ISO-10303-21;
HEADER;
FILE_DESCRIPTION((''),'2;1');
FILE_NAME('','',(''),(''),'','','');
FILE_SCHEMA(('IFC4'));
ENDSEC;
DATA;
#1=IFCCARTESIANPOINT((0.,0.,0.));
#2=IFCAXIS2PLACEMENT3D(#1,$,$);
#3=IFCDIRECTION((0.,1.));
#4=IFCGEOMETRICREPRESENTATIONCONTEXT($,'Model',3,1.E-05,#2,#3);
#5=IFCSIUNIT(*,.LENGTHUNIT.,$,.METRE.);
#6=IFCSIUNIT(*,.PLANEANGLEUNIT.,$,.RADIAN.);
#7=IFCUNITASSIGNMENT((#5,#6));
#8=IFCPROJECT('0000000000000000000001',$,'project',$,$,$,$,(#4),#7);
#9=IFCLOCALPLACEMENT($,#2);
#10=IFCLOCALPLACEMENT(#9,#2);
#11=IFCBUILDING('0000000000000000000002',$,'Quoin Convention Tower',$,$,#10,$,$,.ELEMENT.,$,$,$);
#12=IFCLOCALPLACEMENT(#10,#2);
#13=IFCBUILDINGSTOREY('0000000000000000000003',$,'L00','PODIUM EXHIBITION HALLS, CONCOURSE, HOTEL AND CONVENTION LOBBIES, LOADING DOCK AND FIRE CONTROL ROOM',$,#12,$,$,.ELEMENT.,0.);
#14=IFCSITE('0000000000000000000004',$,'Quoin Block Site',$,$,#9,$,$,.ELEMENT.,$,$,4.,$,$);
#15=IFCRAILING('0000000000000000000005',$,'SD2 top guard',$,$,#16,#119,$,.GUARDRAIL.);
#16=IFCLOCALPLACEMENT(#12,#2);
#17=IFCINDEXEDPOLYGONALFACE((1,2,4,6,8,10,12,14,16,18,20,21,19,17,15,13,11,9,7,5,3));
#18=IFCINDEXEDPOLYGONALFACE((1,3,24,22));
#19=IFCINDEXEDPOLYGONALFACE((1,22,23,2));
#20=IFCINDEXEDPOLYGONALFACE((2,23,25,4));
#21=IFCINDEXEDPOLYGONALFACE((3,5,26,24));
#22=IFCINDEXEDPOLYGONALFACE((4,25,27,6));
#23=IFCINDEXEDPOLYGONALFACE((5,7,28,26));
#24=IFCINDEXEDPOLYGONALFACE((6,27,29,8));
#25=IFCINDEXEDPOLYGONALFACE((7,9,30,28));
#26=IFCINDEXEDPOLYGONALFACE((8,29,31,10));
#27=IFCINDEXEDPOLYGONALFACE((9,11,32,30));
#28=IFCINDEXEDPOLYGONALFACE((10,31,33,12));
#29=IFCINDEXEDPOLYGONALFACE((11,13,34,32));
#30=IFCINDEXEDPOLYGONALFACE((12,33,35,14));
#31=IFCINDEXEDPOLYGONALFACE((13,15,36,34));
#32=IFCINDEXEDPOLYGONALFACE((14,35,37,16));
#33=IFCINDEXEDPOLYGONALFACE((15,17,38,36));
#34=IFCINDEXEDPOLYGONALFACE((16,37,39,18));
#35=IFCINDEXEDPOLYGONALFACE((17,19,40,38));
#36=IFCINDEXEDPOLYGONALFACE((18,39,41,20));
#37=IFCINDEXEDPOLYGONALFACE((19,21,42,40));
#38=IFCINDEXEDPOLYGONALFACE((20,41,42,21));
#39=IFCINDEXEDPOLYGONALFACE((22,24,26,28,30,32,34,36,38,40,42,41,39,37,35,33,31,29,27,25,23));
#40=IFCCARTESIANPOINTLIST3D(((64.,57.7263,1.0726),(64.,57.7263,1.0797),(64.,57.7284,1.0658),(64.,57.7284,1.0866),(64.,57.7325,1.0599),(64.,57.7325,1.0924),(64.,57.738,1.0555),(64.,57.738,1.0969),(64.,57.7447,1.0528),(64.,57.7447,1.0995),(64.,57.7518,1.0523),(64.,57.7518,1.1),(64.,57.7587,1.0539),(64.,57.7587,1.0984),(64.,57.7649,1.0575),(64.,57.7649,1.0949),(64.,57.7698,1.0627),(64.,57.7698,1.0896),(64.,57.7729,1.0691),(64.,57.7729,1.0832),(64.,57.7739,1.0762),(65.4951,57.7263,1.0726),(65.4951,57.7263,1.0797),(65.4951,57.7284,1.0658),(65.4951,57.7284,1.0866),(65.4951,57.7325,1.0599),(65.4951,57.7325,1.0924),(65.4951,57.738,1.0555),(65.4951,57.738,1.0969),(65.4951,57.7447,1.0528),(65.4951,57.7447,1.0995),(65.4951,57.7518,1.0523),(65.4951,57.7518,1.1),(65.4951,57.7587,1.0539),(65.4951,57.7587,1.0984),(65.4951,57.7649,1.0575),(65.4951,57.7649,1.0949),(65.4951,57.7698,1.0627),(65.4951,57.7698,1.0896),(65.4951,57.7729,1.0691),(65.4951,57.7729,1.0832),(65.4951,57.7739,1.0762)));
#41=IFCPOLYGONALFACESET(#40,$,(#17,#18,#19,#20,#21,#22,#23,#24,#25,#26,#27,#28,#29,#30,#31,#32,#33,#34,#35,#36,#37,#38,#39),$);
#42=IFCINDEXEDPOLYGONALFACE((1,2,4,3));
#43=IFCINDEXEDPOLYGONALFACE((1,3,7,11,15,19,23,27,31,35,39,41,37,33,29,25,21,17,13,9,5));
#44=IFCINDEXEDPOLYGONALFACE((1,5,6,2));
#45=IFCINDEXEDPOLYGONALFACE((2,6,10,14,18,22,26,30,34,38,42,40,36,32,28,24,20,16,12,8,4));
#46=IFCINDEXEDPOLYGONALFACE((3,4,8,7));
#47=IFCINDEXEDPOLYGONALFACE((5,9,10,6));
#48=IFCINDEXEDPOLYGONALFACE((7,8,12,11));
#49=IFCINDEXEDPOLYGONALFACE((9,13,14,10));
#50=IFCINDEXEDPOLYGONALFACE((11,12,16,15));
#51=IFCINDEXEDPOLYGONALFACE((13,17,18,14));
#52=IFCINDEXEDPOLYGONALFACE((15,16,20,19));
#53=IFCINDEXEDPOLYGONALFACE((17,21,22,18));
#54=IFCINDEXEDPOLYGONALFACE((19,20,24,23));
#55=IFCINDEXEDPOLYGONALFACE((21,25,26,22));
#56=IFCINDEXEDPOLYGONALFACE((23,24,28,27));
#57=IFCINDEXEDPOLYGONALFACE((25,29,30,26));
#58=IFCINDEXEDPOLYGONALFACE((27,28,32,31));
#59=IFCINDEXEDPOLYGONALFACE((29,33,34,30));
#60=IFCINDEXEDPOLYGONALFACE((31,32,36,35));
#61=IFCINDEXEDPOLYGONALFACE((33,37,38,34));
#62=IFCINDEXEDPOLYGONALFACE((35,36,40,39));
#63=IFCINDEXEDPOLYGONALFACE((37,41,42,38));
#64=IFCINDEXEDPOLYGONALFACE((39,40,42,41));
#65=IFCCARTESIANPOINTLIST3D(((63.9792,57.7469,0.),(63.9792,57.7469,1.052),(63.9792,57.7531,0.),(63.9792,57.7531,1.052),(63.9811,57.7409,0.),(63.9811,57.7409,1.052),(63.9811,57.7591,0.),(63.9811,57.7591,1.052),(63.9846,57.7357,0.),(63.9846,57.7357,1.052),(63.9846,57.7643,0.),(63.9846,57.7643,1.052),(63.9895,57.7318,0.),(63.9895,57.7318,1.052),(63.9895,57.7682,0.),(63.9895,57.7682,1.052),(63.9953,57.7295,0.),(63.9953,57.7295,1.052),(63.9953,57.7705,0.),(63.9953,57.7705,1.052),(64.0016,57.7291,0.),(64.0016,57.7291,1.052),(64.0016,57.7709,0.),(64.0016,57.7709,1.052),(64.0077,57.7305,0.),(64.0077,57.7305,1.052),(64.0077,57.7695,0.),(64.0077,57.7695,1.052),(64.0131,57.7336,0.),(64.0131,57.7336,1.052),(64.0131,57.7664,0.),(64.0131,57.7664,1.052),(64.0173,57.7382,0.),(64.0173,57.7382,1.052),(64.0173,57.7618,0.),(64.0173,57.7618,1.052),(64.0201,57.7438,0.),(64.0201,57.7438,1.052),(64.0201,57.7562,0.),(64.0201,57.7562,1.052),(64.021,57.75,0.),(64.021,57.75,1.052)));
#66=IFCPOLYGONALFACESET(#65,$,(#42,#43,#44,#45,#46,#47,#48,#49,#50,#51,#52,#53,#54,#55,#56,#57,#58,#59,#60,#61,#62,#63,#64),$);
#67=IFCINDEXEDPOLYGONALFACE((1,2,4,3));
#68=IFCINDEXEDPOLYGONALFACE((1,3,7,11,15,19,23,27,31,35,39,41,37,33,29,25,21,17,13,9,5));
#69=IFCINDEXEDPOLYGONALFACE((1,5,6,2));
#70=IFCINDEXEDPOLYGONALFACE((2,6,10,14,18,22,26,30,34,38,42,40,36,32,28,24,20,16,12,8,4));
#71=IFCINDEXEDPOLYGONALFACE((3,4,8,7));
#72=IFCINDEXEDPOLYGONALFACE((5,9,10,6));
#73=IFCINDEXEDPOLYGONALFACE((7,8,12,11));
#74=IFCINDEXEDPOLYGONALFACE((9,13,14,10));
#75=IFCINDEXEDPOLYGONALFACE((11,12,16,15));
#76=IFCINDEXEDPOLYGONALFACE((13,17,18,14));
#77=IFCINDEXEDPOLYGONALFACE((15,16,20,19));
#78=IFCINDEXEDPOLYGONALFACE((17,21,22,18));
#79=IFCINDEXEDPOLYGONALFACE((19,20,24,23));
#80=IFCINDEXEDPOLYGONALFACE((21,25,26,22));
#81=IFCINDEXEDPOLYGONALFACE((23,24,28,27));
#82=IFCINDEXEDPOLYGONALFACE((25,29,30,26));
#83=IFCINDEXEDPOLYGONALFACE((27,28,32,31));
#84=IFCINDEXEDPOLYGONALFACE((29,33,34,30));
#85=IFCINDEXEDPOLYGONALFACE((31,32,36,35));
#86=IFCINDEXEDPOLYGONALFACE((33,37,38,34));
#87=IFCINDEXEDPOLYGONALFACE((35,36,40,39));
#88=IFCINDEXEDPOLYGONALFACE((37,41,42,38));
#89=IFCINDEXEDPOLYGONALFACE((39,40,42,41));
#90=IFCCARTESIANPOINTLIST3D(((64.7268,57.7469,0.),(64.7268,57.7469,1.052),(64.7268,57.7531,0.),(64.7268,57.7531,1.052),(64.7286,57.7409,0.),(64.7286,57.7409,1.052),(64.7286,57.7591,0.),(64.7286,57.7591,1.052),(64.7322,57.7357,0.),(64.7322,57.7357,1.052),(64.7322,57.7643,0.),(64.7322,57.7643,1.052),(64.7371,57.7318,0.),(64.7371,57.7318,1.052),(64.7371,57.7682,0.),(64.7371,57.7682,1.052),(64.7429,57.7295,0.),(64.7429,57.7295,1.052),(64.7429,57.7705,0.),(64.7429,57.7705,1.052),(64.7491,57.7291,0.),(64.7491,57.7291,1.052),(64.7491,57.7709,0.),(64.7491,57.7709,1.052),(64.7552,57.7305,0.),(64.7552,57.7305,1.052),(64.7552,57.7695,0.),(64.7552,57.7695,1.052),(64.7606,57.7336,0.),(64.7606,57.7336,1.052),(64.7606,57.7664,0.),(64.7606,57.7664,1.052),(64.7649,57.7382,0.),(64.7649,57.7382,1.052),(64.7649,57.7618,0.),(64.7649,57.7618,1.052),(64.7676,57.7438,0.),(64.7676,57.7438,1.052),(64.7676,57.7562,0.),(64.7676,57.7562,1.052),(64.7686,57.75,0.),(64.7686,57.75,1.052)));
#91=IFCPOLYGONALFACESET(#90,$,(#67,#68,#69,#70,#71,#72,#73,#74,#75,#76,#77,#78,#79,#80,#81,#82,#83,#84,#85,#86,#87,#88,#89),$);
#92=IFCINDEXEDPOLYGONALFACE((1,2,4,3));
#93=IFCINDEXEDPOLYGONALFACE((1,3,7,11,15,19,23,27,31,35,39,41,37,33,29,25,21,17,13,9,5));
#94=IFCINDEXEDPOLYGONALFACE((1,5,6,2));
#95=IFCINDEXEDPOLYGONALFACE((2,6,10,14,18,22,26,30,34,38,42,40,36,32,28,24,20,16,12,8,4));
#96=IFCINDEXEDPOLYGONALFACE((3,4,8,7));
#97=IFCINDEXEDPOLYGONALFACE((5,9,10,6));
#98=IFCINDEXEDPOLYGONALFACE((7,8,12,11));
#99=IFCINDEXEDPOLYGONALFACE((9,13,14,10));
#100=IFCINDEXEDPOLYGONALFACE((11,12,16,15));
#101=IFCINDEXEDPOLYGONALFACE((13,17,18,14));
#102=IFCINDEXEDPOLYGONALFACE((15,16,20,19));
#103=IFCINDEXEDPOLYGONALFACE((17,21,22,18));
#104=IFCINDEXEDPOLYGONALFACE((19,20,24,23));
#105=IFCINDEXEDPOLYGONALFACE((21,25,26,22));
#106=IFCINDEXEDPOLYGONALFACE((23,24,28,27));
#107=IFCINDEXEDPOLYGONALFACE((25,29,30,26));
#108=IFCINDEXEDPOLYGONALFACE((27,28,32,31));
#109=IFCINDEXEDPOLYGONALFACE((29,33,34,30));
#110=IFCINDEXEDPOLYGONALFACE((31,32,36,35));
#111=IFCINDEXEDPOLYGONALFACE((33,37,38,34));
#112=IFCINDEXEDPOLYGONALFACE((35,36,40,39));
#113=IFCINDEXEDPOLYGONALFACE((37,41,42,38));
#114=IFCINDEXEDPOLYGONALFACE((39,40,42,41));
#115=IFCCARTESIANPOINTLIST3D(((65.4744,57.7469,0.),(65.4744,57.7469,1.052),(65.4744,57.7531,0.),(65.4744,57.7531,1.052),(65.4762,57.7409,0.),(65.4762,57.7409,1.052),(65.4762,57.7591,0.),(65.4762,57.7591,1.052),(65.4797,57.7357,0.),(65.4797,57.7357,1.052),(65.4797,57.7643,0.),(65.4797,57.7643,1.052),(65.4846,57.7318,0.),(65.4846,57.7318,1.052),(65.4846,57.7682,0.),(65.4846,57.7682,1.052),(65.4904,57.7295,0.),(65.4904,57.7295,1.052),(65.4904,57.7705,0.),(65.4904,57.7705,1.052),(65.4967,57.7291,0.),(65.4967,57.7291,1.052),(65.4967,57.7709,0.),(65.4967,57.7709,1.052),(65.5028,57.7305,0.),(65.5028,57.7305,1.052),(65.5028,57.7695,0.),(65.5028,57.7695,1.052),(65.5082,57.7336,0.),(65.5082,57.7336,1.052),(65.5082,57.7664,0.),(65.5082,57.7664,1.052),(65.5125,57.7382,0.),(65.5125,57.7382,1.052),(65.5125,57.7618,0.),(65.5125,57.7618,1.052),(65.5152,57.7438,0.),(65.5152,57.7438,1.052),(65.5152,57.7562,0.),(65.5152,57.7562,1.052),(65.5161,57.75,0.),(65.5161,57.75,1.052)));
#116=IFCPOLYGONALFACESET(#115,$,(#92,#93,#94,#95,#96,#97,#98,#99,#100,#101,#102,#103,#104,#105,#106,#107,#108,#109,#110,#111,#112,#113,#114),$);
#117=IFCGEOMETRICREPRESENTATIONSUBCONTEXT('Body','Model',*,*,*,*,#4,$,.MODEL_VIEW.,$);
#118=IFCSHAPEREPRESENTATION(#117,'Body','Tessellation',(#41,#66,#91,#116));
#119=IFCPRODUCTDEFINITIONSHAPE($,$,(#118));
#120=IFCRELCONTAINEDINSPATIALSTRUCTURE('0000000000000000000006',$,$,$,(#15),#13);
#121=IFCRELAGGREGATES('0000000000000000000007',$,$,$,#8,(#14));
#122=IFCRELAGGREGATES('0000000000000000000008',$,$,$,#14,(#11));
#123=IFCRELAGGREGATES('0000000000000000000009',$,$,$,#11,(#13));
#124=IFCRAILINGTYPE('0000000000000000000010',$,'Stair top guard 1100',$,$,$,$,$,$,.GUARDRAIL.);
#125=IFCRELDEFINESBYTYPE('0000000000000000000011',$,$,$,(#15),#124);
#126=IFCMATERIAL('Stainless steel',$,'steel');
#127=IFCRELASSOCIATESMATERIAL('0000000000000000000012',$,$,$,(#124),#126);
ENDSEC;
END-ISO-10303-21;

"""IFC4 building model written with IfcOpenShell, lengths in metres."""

from ifc_helpers import new_model, si_unit, direction, frame, origin, origin_2d, place, context, subcontext, project, spatial, circle, extrude, material, type_object, element, save


model = new_model("IFC4")

# Units and contexts
model_context = context("Model", 3, precision=1e-05, world=origin(), true_north=direction((0.0, 1.0)))
body_context = subcontext(model_context, "Body", "Model", "MODEL_VIEW")
ifc_project = project(units=[si_unit("LENGTHUNIT", "METRE"), si_unit("PLANEANGLEUNIT", "RADIAN")], contexts=[model_context])

# Site, building, storey
site_placement = place(None, origin())
site = spatial("IfcSite", under=ifc_project, at=site_placement, Name="Quoin Block Site", CompositionType="ELEMENT", RefElevation=4.0)
building_placement = place(site_placement, origin())
building = spatial("IfcBuilding", under=site, at=building_placement, Name="Quoin Convention Tower", CompositionType="ELEMENT")
storey_placement = place(building_placement, origin())
storey = spatial("IfcBuildingStorey", under=building, at=storey_placement, Name="L00", Description="PODIUM EXHIBITION HALLS, CONCOURSE, HOTEL AND CONVENTION LOBBIES, LOADING DOCK AND FIRE CONTROL ROOM", CompositionType="ELEMENT", Elevation=0.0)

# Railing
ifc_material_1 = material(Name="Stainless steel", Category="steel")
railing_type_1 = type_object("IfcRailingType", Name="Stair top guard 1100", PredefinedType="GUARDRAIL", material=ifc_material_1)
railing_1_placement = place(storey_placement, frame((64.0, 57.75, 0.0)))
element("IfcRailing", 1, at=railing_1_placement, inside=storey, type_object=railing_type_1, Name="SD2 top guard", PredefinedType="GUARDRAIL", context=body_context, shape_type="SweptSolid", body=[
    extrude(circle(Radius=0.0239, at=origin_2d()), frame((0.0, 0.0, 1.0762), z_axis=(1.0, 0.0, 0.0), x_axis=(0.0, 1.0, 0.0)), (0.0, 0.0, 1.0), 1.4951),
    extrude(circle(Radius=0.021, at=origin_2d()), origin(), (0.0, 0.0, 1.0), 1.052),
    extrude(circle(Radius=0.021, at=origin_2d()), frame((0.7476, 0.0, 0.0)), (0.0, 0.0, 1.0), 1.052),
    extrude(circle(Radius=0.021, at=origin_2d()), frame((1.4951, 0.0, 0.0)), (0.0, 0.0, 1.0), 1.052),
])

save(model, "model.ifc")
